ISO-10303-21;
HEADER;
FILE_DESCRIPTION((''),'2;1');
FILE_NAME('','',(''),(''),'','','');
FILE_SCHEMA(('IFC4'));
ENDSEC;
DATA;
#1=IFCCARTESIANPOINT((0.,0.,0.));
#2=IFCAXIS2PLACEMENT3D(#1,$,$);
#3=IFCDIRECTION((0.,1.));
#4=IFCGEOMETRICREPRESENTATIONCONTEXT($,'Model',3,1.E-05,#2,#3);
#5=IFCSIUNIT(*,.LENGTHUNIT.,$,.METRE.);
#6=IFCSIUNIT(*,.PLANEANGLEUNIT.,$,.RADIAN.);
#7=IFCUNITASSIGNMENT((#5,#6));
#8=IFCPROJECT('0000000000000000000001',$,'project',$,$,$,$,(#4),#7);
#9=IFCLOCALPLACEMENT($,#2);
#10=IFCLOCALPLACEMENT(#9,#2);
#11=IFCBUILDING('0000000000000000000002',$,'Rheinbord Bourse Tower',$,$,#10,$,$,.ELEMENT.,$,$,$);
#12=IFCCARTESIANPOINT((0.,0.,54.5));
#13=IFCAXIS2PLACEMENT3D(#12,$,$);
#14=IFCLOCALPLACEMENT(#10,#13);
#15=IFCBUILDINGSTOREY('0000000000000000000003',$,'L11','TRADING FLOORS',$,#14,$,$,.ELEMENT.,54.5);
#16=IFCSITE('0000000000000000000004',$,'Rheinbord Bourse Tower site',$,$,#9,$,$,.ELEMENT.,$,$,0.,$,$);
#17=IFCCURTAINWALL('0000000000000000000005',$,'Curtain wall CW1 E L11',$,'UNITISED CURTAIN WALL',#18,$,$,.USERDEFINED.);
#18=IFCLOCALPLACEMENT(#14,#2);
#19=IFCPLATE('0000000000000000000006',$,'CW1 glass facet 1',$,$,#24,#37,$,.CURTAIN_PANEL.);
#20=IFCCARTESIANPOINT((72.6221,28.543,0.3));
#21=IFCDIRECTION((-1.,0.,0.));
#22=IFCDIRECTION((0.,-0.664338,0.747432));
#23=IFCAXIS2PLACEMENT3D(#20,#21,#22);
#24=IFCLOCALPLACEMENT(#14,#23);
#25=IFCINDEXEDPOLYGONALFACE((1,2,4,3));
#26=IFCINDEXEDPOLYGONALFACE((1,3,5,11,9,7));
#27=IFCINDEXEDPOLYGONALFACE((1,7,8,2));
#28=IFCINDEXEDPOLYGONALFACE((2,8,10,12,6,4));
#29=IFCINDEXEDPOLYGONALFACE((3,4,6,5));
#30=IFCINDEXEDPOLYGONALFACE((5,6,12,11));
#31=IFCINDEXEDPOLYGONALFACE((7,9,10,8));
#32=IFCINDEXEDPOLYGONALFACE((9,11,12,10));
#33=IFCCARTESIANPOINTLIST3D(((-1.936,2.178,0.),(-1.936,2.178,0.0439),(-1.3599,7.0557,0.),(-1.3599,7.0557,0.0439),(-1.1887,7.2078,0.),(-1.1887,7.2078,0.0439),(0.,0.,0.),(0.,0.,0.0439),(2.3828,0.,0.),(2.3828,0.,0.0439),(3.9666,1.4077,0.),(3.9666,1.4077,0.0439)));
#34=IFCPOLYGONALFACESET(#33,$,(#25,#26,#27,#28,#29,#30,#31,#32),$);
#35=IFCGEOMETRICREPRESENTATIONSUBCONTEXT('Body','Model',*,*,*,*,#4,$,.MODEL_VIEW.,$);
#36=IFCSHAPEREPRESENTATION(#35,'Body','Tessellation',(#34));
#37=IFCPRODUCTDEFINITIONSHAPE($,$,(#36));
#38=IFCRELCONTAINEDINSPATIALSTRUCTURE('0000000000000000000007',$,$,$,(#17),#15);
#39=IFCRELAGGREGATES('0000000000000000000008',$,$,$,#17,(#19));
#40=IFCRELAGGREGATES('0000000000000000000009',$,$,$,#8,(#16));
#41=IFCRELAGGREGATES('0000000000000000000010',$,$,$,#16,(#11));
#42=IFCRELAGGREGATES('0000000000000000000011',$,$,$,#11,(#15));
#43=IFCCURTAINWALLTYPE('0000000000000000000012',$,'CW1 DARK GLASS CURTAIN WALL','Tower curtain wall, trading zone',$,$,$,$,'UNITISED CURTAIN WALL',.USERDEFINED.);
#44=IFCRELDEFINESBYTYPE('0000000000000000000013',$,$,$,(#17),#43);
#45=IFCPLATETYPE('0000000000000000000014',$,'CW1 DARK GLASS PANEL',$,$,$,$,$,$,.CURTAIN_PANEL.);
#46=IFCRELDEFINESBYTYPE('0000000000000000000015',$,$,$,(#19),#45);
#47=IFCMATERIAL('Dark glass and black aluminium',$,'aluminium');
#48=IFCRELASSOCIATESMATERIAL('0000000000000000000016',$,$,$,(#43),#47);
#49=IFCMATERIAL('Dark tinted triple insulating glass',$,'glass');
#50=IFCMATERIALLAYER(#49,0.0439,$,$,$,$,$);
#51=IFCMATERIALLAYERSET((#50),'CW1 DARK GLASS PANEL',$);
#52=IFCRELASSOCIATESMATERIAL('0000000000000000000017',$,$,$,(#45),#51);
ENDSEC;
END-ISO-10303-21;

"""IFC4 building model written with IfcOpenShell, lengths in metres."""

from ifc_helpers import new_model, si_unit, direction, frame, origin, place, context, subcontext, project, spatial, polyline, outline, extrude, material, layer, layer_set, type_object, element, aggregate, save


model = new_model("IFC4")

# Units and contexts
model_context = context("Model", 3, precision=1e-05, world=origin(), true_north=direction((0.0, 1.0)))
body_context = subcontext(model_context, "Body", "Model", "MODEL_VIEW")
ifc_project = project(units=[si_unit("LENGTHUNIT", "METRE"), si_unit("PLANEANGLEUNIT", "RADIAN")], contexts=[model_context])

# Site, building, storey
site_placement = place(None, origin())
site = spatial("IfcSite", under=ifc_project, at=site_placement, Name="Rheinbord Bourse Tower site", CompositionType="ELEMENT", RefElevation=0.0)
building_placement = place(site_placement, origin())
building = spatial("IfcBuilding", under=site, at=building_placement, Name="Rheinbord Bourse Tower", CompositionType="ELEMENT")
storey_placement = place(building_placement, frame((0.0, 0.0, 54.5)))
storey = spatial("IfcBuildingStorey", under=building, at=storey_placement, Name="L11", Description="TRADING FLOORS", CompositionType="ELEMENT", Elevation=54.5)

# Curtain wall
ifc_material_1 = material(Name="Dark glass and black aluminium", Category="aluminium")
curtain_wall_type = type_object("IfcCurtainWallType", Name="CW1 DARK GLASS CURTAIN WALL", Description="Tower curtain wall, trading zone", ElementType="UNITISED CURTAIN WALL", PredefinedType="USERDEFINED", material=ifc_material_1)
curtain_wall_placement = place(storey_placement, origin())
curtain_wall = element("IfcCurtainWall", 1, at=curtain_wall_placement, inside=storey, type_object=curtain_wall_type, Name="Curtain wall CW1 E L11", ObjectType="UNITISED CURTAIN WALL", PredefinedType="USERDEFINED")

# Plate
ifc_material_2 = material(Name="Dark tinted triple insulating glass", Category="glass")
ifc_layer_1 = layer(ifc_material_2, 0.0439)
ifc_layer_set_1 = layer_set([ifc_layer_1], Name="CW1 DARK GLASS PANEL")
plate_type = type_object("IfcPlateType", Name="CW1 DARK GLASS PANEL", PredefinedType="CURTAIN_PANEL", material=ifc_layer_set_1)
plate_1_placement = place(storey_placement, frame((72.6221, 28.543, 0.3), z_axis=(-1.0, 0.0, 0.0), x_axis=(0.0, -0.664338, 0.747432)))
plate_1 = element("IfcPlate", 2, at=plate_1_placement, type_object=plate_type, Name="CW1 glass facet 1", PredefinedType="CURTAIN_PANEL", context=body_context, shape_type="SweptSolid", body=[
    extrude(outline(polyline([(0.0, 0.0), (2.3828, 0.0), (3.9666, 1.4077), (-1.1887, 7.2078), (-1.3599, 7.0557), (-1.936, 2.178), (0.0, 0.0)])), origin(), (0.0, 0.0, 1.0), 0.0439),
])
aggregate(curtain_wall, [plate_1])

save(model, "model.ifc")
